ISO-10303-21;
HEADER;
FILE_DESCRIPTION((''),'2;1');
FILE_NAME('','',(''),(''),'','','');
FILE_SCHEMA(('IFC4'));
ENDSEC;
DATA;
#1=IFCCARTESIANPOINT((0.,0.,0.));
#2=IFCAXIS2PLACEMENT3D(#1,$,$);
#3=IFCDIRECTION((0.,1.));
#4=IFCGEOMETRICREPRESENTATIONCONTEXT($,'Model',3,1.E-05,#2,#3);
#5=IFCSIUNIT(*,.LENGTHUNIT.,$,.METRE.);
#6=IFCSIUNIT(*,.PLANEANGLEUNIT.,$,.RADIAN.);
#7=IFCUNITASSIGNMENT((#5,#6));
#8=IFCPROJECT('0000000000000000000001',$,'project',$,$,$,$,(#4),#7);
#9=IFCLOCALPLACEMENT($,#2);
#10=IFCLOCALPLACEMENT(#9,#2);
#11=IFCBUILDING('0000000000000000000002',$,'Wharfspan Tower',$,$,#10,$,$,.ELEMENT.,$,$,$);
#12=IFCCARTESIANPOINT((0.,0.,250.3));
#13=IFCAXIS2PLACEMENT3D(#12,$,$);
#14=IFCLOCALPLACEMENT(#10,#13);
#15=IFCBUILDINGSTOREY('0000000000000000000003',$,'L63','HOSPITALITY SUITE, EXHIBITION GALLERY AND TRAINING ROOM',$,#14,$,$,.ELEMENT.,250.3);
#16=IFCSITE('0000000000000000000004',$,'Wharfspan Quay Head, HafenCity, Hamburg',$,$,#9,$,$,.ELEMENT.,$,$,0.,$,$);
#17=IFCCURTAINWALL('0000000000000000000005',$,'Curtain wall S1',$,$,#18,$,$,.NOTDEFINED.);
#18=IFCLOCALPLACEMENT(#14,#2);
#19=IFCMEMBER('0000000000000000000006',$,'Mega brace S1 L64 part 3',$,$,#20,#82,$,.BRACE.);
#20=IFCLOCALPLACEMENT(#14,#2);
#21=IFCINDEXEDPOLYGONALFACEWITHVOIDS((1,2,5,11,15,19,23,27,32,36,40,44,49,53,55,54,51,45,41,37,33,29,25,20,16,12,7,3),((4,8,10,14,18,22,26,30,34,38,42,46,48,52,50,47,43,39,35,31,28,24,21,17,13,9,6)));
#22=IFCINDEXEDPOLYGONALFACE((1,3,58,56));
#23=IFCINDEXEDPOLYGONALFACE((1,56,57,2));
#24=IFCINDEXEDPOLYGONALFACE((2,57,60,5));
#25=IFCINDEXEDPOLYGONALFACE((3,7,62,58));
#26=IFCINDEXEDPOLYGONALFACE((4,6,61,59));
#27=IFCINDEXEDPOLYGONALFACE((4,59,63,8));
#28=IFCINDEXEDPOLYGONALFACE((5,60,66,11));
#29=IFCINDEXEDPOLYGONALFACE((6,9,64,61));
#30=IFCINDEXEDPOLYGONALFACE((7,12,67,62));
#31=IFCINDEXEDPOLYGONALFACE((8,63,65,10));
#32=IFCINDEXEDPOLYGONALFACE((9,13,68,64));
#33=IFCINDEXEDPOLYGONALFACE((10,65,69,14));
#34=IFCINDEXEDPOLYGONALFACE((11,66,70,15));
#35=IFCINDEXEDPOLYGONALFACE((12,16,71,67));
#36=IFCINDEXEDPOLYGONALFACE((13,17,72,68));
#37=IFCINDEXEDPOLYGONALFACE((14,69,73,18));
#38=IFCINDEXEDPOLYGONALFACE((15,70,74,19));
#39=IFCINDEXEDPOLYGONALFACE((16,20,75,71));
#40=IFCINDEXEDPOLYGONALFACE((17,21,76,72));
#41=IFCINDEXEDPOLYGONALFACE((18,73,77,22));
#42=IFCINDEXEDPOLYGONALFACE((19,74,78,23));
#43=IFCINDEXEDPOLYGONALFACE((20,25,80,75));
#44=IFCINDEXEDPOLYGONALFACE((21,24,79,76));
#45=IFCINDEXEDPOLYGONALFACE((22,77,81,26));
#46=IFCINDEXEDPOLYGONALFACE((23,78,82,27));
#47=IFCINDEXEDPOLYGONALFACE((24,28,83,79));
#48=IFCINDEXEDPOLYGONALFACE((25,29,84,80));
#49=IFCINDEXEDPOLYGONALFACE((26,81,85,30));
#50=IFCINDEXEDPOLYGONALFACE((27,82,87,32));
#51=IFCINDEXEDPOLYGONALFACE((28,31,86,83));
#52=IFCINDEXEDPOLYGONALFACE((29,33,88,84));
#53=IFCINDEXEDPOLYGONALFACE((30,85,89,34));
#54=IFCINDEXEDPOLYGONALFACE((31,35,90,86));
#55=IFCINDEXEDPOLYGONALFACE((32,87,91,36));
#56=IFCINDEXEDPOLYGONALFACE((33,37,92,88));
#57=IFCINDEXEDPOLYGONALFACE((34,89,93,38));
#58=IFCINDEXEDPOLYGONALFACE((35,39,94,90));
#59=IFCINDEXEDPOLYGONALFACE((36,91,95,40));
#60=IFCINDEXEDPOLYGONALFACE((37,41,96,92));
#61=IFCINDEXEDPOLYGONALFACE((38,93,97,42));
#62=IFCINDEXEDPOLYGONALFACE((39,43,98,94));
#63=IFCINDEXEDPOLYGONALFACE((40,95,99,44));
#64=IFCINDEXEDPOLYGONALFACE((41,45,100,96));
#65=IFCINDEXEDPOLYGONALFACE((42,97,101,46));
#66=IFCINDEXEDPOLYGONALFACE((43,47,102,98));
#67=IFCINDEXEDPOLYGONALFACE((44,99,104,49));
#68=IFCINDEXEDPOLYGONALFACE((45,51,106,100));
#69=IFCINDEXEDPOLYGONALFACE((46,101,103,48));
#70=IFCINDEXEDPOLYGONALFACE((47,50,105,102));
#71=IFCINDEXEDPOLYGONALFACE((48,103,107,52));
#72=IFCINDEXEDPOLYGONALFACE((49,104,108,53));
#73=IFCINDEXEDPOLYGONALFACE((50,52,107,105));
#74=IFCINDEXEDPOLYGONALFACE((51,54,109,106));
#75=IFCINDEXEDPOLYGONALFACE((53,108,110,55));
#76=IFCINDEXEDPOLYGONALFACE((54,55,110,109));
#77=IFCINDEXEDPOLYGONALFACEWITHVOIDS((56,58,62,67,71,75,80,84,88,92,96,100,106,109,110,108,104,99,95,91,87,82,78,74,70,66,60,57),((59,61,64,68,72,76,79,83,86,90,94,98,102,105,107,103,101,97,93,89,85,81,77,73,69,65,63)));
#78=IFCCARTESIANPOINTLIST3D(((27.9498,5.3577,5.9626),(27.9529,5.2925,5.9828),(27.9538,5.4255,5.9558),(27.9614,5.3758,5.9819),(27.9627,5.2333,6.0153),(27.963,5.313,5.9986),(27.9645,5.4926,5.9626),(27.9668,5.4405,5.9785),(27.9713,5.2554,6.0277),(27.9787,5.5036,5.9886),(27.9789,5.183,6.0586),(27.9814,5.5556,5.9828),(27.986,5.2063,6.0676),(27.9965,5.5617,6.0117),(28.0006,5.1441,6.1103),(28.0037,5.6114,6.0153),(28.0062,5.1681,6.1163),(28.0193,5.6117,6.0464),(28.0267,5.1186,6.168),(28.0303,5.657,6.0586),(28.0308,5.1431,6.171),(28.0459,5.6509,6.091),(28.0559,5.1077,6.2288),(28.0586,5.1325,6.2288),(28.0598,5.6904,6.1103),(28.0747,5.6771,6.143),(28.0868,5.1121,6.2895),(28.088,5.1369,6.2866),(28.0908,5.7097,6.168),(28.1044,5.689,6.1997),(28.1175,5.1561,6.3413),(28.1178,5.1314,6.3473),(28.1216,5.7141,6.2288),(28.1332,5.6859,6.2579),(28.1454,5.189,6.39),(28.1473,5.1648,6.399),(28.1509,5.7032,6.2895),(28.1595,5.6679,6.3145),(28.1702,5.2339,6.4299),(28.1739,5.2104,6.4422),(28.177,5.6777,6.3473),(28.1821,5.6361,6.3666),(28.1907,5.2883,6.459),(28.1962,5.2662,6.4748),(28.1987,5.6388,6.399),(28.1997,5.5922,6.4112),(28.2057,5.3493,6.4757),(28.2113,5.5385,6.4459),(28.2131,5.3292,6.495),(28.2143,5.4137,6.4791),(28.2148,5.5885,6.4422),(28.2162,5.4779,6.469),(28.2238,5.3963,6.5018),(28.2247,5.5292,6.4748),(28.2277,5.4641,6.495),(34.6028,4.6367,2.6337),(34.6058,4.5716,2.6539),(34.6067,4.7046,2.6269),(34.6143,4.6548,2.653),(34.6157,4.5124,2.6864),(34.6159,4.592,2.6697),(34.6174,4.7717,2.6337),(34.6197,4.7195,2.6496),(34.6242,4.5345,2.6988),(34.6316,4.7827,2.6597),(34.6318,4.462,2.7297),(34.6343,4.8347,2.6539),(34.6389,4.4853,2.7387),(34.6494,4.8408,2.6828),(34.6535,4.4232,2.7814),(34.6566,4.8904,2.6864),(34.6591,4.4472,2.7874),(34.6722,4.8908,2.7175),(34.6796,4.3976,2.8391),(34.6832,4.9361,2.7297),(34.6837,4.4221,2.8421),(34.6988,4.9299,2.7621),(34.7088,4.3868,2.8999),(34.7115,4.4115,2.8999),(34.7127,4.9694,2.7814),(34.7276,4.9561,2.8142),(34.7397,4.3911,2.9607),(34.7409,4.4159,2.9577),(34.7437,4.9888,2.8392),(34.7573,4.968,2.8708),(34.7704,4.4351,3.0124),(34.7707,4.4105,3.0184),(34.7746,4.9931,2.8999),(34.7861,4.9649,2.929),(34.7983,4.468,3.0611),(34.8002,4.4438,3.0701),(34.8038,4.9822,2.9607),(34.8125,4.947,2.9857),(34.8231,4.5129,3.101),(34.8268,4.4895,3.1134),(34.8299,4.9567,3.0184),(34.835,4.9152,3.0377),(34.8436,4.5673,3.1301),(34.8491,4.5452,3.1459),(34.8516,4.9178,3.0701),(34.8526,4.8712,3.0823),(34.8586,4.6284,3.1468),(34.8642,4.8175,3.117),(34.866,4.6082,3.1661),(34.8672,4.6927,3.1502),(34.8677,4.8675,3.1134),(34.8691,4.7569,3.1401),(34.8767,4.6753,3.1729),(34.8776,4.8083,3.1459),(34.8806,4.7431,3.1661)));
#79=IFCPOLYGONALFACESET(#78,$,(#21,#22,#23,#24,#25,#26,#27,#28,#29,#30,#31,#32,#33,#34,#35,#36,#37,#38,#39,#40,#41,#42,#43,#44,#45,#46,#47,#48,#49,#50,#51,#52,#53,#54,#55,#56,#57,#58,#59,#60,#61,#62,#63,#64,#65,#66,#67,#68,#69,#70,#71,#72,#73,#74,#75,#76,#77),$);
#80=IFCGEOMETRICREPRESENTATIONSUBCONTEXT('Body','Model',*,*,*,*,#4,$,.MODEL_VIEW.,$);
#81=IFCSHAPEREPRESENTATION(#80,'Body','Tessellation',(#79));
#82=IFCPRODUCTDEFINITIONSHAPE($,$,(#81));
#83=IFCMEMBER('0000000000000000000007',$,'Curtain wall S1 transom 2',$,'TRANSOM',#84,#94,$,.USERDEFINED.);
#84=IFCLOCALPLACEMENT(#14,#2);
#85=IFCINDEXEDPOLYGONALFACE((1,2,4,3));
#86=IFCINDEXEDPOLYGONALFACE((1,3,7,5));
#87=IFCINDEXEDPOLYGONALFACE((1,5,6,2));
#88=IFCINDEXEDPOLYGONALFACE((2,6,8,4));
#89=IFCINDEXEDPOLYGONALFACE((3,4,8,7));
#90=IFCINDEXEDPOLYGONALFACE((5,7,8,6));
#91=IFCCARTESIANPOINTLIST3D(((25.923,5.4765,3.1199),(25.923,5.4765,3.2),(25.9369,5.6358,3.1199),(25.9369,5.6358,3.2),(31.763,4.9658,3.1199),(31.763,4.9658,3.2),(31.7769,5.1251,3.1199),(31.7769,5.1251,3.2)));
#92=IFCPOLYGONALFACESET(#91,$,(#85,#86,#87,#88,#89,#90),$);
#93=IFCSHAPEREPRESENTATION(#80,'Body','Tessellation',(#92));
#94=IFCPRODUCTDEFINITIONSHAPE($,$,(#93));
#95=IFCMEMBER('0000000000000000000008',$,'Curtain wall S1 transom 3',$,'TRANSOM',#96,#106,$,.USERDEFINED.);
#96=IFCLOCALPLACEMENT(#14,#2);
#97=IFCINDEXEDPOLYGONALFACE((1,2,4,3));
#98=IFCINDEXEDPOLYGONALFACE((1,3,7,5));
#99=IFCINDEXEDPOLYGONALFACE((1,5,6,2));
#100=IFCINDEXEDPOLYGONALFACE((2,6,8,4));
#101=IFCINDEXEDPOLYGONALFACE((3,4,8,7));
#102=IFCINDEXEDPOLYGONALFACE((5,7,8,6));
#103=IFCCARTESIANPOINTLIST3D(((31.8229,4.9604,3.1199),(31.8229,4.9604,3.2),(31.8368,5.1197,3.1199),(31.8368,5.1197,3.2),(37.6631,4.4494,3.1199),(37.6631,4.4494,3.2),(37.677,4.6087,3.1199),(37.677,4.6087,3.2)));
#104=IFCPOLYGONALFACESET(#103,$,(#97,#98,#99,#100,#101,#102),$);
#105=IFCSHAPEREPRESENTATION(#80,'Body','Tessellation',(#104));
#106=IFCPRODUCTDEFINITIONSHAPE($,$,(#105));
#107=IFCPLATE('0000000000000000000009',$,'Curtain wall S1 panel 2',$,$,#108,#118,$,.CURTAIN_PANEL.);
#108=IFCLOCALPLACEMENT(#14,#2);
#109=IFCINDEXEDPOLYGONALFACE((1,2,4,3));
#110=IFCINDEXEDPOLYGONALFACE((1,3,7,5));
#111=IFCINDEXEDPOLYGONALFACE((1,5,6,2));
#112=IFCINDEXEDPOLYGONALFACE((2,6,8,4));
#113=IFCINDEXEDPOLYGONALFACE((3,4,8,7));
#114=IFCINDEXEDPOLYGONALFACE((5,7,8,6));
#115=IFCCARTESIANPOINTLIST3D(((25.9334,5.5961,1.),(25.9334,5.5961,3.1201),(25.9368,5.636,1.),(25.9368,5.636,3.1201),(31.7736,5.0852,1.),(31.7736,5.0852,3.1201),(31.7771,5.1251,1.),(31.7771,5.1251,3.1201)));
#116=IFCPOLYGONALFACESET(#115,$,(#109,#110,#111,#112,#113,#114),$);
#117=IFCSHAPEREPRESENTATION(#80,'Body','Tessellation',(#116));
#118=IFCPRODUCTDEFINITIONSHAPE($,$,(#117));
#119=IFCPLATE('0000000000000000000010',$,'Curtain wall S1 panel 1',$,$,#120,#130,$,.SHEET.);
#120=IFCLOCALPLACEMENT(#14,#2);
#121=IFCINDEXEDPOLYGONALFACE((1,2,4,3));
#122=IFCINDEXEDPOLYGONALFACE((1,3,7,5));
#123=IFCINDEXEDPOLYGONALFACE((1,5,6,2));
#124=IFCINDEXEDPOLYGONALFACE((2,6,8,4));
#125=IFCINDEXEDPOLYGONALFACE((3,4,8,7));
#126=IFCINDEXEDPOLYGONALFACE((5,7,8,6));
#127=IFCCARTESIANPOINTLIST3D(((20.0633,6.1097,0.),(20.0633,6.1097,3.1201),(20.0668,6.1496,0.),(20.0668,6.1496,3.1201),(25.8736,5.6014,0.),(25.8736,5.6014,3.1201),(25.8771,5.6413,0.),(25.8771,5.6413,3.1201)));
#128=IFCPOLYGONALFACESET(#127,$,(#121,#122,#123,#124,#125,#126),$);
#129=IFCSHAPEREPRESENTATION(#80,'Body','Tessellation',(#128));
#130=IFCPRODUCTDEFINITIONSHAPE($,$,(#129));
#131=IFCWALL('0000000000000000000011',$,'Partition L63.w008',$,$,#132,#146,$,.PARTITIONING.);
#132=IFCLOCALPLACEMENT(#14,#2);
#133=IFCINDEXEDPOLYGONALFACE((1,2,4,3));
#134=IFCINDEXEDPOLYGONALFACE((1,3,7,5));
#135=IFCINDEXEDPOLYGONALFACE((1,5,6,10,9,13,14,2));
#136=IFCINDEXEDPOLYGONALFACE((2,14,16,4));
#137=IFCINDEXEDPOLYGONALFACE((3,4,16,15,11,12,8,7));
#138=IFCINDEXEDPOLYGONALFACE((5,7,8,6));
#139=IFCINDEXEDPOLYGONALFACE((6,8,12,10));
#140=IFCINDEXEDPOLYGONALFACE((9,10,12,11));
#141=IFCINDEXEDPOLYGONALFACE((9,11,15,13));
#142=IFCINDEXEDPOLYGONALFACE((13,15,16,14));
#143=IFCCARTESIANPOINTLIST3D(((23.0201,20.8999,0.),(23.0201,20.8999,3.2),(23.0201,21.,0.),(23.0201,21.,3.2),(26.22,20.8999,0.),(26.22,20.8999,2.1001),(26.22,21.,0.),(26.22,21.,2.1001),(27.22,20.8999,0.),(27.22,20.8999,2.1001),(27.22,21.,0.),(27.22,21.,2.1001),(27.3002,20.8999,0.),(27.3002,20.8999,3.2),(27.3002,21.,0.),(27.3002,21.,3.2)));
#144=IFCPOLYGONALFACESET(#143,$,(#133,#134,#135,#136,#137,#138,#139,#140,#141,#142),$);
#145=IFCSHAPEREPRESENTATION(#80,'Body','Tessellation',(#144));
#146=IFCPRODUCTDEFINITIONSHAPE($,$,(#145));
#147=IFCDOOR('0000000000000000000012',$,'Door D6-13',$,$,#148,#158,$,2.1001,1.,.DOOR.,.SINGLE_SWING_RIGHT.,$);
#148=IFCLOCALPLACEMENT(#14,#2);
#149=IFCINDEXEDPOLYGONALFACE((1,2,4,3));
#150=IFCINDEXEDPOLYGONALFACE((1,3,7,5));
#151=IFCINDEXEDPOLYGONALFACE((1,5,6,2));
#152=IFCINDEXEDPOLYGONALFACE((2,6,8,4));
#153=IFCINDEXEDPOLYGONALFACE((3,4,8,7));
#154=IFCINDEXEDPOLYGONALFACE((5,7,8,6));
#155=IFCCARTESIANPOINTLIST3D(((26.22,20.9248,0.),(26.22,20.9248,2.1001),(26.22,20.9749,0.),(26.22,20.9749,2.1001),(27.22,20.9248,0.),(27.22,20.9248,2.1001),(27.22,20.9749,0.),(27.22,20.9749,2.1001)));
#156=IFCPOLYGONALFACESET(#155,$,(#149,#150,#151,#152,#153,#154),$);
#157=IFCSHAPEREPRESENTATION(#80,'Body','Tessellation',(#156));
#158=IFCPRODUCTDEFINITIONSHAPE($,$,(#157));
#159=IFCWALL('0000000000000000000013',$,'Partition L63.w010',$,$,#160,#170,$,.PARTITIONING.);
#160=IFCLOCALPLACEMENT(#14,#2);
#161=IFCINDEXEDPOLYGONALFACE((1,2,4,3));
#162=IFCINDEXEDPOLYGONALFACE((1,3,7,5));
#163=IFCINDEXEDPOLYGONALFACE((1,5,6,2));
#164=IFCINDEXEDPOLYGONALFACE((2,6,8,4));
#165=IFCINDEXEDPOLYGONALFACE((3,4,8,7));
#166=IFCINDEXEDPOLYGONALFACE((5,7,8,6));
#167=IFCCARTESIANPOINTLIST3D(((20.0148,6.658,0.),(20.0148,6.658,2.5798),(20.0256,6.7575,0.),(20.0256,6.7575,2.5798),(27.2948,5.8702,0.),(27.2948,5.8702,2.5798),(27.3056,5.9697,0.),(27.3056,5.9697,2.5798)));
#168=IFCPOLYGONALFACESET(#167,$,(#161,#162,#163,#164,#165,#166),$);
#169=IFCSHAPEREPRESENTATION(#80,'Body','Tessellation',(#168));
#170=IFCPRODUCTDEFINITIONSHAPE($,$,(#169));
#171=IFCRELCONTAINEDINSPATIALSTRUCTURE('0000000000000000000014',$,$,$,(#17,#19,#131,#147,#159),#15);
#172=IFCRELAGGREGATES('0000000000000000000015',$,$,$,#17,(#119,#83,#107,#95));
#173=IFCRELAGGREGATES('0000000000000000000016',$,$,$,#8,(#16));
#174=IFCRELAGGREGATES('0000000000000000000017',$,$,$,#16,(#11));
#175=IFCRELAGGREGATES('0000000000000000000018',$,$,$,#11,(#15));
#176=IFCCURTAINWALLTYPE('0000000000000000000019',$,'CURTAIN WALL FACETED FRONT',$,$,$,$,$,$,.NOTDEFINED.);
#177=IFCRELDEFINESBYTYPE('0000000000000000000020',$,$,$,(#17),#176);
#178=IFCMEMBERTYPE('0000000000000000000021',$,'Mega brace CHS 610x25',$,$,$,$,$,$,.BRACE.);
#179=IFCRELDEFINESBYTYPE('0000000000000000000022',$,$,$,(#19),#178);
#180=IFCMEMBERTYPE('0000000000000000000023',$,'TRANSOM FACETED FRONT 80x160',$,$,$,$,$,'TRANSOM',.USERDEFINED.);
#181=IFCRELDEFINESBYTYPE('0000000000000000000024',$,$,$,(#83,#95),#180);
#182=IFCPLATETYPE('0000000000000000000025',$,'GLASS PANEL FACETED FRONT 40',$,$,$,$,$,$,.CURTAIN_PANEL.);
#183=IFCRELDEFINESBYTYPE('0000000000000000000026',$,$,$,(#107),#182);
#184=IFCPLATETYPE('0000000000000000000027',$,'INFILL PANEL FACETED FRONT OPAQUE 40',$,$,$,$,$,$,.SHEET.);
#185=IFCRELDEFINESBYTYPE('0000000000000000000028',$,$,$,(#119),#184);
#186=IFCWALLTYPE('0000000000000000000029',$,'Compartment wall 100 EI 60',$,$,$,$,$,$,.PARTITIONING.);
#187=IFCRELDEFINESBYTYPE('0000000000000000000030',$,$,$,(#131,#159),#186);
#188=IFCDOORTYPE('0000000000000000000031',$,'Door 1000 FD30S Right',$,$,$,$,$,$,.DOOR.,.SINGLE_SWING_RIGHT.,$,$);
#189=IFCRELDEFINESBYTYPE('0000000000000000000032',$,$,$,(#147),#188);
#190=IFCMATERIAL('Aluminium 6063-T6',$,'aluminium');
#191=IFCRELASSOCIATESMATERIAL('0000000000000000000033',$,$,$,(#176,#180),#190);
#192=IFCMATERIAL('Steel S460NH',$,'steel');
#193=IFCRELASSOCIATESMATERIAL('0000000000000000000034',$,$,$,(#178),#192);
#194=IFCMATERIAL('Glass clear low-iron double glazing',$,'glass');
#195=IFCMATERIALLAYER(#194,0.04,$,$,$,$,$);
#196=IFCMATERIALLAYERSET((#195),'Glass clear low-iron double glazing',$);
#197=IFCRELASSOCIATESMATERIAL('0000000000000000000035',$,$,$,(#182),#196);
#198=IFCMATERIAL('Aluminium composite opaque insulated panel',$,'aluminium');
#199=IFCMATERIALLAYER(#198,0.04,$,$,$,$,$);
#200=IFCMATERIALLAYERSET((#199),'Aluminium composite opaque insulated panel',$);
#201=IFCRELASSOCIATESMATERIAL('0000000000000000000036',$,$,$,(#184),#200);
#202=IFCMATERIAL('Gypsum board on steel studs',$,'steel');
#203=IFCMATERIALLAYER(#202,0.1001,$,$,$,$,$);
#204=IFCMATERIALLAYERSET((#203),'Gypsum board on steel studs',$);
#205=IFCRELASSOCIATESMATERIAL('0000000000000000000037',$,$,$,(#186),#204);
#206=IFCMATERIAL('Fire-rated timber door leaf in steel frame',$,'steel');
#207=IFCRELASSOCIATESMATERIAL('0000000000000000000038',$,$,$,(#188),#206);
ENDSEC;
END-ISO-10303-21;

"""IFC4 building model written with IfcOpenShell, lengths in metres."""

from ifc_helpers import new_model, si_unit, direction, frame, frame_2d, origin, origin_2d, place, context, subcontext, project, spatial, rectangle, hollow_circle, extrude, material, layer, layer_set, material_profile, profile_set, type_object, element, fill, aggregate, save


model = new_model("IFC4")

# Units and contexts
model_context = context("Model", 3, precision=1e-05, world=origin(), true_north=direction((0.0, 1.0)))
body_context = subcontext(model_context, "Body", "Model", "MODEL_VIEW")
ifc_project = project(units=[si_unit("LENGTHUNIT", "METRE"), si_unit("PLANEANGLEUNIT", "RADIAN")], contexts=[model_context])

# Site, building, storey
site_placement = place(None, origin())
site = spatial("IfcSite", under=ifc_project, at=site_placement, Name="Wharfspan Quay Head, HafenCity, Hamburg", CompositionType="ELEMENT", RefElevation=0.0)
building_placement = place(site_placement, origin())
building = spatial("IfcBuilding", under=site, at=building_placement, Name="Wharfspan Tower", CompositionType="ELEMENT")
storey_placement = place(building_placement, frame((0.0, 0.0, 250.3)))
storey = spatial("IfcBuildingStorey", under=building, at=storey_placement, Name="L63", Description="HOSPITALITY SUITE, EXHIBITION GALLERY AND TRAINING ROOM", CompositionType="ELEMENT", Elevation=250.3)

# Curtain wall
ifc_material_1 = material(Name="Aluminium 6063-T6", Category="aluminium")
curtain_wall_type = type_object("IfcCurtainWallType", Name="CURTAIN WALL FACETED FRONT", PredefinedType="NOTDEFINED", material=ifc_material_1)
curtain_wall_placement = place(storey_placement, origin())
curtain_wall = element("IfcCurtainWall", 1, at=curtain_wall_placement, inside=storey, type_object=curtain_wall_type, Name="Curtain wall S1", PredefinedType="NOTDEFINED")

# Member
ifc_material_2 = material(Name="Steel S460NH", Category="steel")
ifc_material_profile_1 = material_profile(ifc_material_2, hollow_circle(Radius=0.3049, WallThickness=0.0249, at=origin_2d()))
ifc_profile_set_1 = profile_set([ifc_material_profile_1], Name="Steel S460NH")
member_type_1 = type_object("IfcMemberType", Name="Mega brace CHS 610x25", PredefinedType="BRACE", material=ifc_profile_set_1)
for number, where, z_axis, x_axis, name in (
    (2, (34.7417, 4.6899, 2.8999), (-0.890126, 0.09646, 0.445389), (-0.107737, -0.99418, -0.000002), "Mega brace S1 L64 part 3"),
):
    element("IfcMember", number, at=place(storey_placement, frame(where, z_axis=z_axis, x_axis=x_axis)), inside=storey, type_object=member_type_1, Name=name, PredefinedType="BRACE", context=body_context, shape_type="SweptSolid", body=[
        extrude(hollow_circle(Radius=0.3049, WallThickness=0.0249, at=origin_2d()), origin(), (0.0, 0.0, 1.0), 7.4741),
    ])

# Members
ifc_material_profile_2 = material_profile(ifc_material_1, rectangle(XDim=0.1599, YDim=0.0801, at=origin_2d()))
ifc_profile_set_2 = profile_set([ifc_material_profile_2], Name="Aluminium 6063-T6")
member_type_2 = type_object("IfcMemberType", Name="TRANSOM FACETED FRONT 80x160", ElementType="TRANSOM", PredefinedType="USERDEFINED", material=ifc_profile_set_2)
member_1_placement = place(storey_placement, frame((25.9299, 5.5562, 3.1599), z_axis=(0.996198, -0.087122, 0.0), x_axis=(0.087122, 0.996198, 0.0)))
member_1 = element("IfcMember", 3, at=member_1_placement, type_object=member_type_2, Name="Curtain wall S1 transom 2", ObjectType="TRANSOM", PredefinedType="USERDEFINED", context=body_context, shape_type="SweptSolid", body=[
    extrude(rectangle(XDim=0.1599, YDim=0.0801, at=origin_2d()), origin(), (0.0, 0.0, 1.0), 5.8623),
])
member_2_placement = place(storey_placement, frame((31.8298, 5.04, 3.1599), z_axis=(0.996194, -0.08716, 0.0), x_axis=(0.08716, 0.996194, 0.0)))
member_2 = element("IfcMember", 4, at=member_2_placement, type_object=member_type_2, Name="Curtain wall S1 transom 3", ObjectType="TRANSOM", PredefinedType="USERDEFINED", context=body_context, shape_type="SweptSolid", body=[
    extrude(rectangle(XDim=0.1599, YDim=0.0801, at=origin_2d()), origin(), (0.0, 0.0, 1.0), 5.8625),
])

# Plates
ifc_material_3 = material(Name="Glass clear low-iron double glazing", Category="glass")
ifc_layer_1 = layer(ifc_material_3, 0.04)
ifc_layer_set_1 = layer_set([ifc_layer_1], Name="Glass clear low-iron double glazing")
plate_type_1 = type_object("IfcPlateType", Name="GLASS PANEL FACETED FRONT 40", PredefinedType="CURTAIN_PANEL", material=ifc_layer_set_1)
plate_1_placement = place(storey_placement, frame((28.8552, 5.3606, 1.0), z_axis=(0.0, 0.0, 1.0), x_axis=(0.996197, -0.087156, 0.0)))
plate_1 = element("IfcPlate", 5, at=plate_1_placement, type_object=plate_type_1, Name="Curtain wall S1 panel 2", PredefinedType="CURTAIN_PANEL", context=body_context, shape_type="SweptSolid", body=[
    extrude(rectangle(XDim=5.8625, YDim=0.04, at=origin_2d()), origin(), (0.0, 0.0, 1.0), 2.1201),
])
ifc_material_4 = material(Name="Aluminium composite opaque insulated panel", Category="aluminium")
ifc_layer_2 = layer(ifc_material_4, 0.04)
ifc_layer_set_2 = layer_set([ifc_layer_2], Name="Aluminium composite opaque insulated panel")
plate_type_2 = type_object("IfcPlateType", Name="INFILL PANEL FACETED FRONT OPAQUE 40", PredefinedType="SHEET", material=ifc_layer_set_2)
plate_2_placement = place(storey_placement, frame((22.9702, 5.8755, 0.0), z_axis=(0.0, 0.0, 1.0), x_axis=(0.996197, -0.087156, 0.0)))
plate_2 = element("IfcPlate", 6, at=plate_2_placement, type_object=plate_type_2, Name="Curtain wall S1 panel 1", PredefinedType="SHEET", context=body_context, shape_type="SweptSolid", body=[
    extrude(rectangle(XDim=5.8325, YDim=0.04, at=origin_2d()), origin(), (0.0, 0.0, 1.0), 3.1201),
])
aggregate(curtain_wall, [plate_2, member_1, plate_1, member_2])

# Wall, opening, door
ifc_material_5 = material(Name="Gypsum board on steel studs", Category="steel")
ifc_layer_3 = layer(ifc_material_5, 0.1001)
ifc_layer_set_3 = layer_set([ifc_layer_3], Name="Gypsum board on steel studs")
wall_type_1 = type_object("IfcWallType", Name="Compartment wall 100 EI 60", PredefinedType="PARTITIONING", material=ifc_layer_set_3)
wall_1_placement = place(storey_placement, frame((23.02, 20.95, 0.0), z_axis=(0.0, 0.0, 1.0), x_axis=(1.0, 0.0, 0.0)))
wall_1 = element("IfcWall", 7, at=wall_1_placement, inside=storey, type_object=wall_type_1, Name="Partition L63.w008", PredefinedType="PARTITIONING", context=body_context, shape_type="SweptSolid", body=[
    extrude(rectangle(XDim=4.28, YDim=0.1001, at=frame_2d((2.1401, 0.0))), origin(), (0.0, 0.0, 1.0), 3.2),
])
opening_1_placement = place(wall_1_placement, frame((3.2, 0.0, 0.0)))
opening_1 = element("IfcOpeningElement", 8, at=opening_1_placement, cuts=wall_1, PredefinedType="OPENING", context=body_context, shape_type="SweptSolid", body=[
    extrude(rectangle(XDim=1.0, YDim=2.1001, at=frame_2d((0.5, 1.05))), frame((0.0, 0.0601, 0.0), z_axis=(0.0, -1.0, 0.0), x_axis=(1.0, 0.0, 0.0)), (0.0, 0.0, 1.0), 0.1201),
])
ifc_material_6 = material(Name="Fire-rated timber door leaf in steel frame", Category="steel")
door_type_1 = type_object("IfcDoorType", Name="Door 1000 FD30S Right", OperationType="SINGLE_SWING_RIGHT", PredefinedType="DOOR", material=ifc_material_6)
door_1_placement = place(opening_1_placement, origin())
door_1 = element("IfcDoor", 9, at=door_1_placement, inside=storey, type_object=door_type_1, Name="Door D6-13", OperationType="SINGLE_SWING_RIGHT", OverallHeight=2.1001, OverallWidth=1.0, PredefinedType="DOOR", context=body_context, shape_type="SweptSolid", body=[
    extrude(rectangle(XDim=1.0, YDim=2.1001, at=frame_2d((0.5, 1.05))), frame((0.0, 0.0249, 0.0), z_axis=(0.0, -1.0, 0.0), x_axis=(1.0, 0.0, 0.0)), (0.0, 0.0, 1.0), 0.05),
])
fill(opening_1, door_1)

# Wall
wall_2_placement = place(storey_placement, frame((27.3, 5.9199, 0.0), z_axis=(0.0, 0.0, 1.0), x_axis=(-0.994192, 0.107591, 0.0)))
element("IfcWall", 10, at=wall_2_placement, inside=storey, type_object=wall_type_1, Name="Partition L63.w010", PredefinedType="PARTITIONING", context=body_context, shape_type="SweptSolid", body=[
    extrude(rectangle(XDim=7.3225, YDim=0.1001, at=frame_2d((3.6611, 0.0))), origin(), (0.0, 0.0, 1.0), 2.5798),
])

save(model, "model.ifc")
